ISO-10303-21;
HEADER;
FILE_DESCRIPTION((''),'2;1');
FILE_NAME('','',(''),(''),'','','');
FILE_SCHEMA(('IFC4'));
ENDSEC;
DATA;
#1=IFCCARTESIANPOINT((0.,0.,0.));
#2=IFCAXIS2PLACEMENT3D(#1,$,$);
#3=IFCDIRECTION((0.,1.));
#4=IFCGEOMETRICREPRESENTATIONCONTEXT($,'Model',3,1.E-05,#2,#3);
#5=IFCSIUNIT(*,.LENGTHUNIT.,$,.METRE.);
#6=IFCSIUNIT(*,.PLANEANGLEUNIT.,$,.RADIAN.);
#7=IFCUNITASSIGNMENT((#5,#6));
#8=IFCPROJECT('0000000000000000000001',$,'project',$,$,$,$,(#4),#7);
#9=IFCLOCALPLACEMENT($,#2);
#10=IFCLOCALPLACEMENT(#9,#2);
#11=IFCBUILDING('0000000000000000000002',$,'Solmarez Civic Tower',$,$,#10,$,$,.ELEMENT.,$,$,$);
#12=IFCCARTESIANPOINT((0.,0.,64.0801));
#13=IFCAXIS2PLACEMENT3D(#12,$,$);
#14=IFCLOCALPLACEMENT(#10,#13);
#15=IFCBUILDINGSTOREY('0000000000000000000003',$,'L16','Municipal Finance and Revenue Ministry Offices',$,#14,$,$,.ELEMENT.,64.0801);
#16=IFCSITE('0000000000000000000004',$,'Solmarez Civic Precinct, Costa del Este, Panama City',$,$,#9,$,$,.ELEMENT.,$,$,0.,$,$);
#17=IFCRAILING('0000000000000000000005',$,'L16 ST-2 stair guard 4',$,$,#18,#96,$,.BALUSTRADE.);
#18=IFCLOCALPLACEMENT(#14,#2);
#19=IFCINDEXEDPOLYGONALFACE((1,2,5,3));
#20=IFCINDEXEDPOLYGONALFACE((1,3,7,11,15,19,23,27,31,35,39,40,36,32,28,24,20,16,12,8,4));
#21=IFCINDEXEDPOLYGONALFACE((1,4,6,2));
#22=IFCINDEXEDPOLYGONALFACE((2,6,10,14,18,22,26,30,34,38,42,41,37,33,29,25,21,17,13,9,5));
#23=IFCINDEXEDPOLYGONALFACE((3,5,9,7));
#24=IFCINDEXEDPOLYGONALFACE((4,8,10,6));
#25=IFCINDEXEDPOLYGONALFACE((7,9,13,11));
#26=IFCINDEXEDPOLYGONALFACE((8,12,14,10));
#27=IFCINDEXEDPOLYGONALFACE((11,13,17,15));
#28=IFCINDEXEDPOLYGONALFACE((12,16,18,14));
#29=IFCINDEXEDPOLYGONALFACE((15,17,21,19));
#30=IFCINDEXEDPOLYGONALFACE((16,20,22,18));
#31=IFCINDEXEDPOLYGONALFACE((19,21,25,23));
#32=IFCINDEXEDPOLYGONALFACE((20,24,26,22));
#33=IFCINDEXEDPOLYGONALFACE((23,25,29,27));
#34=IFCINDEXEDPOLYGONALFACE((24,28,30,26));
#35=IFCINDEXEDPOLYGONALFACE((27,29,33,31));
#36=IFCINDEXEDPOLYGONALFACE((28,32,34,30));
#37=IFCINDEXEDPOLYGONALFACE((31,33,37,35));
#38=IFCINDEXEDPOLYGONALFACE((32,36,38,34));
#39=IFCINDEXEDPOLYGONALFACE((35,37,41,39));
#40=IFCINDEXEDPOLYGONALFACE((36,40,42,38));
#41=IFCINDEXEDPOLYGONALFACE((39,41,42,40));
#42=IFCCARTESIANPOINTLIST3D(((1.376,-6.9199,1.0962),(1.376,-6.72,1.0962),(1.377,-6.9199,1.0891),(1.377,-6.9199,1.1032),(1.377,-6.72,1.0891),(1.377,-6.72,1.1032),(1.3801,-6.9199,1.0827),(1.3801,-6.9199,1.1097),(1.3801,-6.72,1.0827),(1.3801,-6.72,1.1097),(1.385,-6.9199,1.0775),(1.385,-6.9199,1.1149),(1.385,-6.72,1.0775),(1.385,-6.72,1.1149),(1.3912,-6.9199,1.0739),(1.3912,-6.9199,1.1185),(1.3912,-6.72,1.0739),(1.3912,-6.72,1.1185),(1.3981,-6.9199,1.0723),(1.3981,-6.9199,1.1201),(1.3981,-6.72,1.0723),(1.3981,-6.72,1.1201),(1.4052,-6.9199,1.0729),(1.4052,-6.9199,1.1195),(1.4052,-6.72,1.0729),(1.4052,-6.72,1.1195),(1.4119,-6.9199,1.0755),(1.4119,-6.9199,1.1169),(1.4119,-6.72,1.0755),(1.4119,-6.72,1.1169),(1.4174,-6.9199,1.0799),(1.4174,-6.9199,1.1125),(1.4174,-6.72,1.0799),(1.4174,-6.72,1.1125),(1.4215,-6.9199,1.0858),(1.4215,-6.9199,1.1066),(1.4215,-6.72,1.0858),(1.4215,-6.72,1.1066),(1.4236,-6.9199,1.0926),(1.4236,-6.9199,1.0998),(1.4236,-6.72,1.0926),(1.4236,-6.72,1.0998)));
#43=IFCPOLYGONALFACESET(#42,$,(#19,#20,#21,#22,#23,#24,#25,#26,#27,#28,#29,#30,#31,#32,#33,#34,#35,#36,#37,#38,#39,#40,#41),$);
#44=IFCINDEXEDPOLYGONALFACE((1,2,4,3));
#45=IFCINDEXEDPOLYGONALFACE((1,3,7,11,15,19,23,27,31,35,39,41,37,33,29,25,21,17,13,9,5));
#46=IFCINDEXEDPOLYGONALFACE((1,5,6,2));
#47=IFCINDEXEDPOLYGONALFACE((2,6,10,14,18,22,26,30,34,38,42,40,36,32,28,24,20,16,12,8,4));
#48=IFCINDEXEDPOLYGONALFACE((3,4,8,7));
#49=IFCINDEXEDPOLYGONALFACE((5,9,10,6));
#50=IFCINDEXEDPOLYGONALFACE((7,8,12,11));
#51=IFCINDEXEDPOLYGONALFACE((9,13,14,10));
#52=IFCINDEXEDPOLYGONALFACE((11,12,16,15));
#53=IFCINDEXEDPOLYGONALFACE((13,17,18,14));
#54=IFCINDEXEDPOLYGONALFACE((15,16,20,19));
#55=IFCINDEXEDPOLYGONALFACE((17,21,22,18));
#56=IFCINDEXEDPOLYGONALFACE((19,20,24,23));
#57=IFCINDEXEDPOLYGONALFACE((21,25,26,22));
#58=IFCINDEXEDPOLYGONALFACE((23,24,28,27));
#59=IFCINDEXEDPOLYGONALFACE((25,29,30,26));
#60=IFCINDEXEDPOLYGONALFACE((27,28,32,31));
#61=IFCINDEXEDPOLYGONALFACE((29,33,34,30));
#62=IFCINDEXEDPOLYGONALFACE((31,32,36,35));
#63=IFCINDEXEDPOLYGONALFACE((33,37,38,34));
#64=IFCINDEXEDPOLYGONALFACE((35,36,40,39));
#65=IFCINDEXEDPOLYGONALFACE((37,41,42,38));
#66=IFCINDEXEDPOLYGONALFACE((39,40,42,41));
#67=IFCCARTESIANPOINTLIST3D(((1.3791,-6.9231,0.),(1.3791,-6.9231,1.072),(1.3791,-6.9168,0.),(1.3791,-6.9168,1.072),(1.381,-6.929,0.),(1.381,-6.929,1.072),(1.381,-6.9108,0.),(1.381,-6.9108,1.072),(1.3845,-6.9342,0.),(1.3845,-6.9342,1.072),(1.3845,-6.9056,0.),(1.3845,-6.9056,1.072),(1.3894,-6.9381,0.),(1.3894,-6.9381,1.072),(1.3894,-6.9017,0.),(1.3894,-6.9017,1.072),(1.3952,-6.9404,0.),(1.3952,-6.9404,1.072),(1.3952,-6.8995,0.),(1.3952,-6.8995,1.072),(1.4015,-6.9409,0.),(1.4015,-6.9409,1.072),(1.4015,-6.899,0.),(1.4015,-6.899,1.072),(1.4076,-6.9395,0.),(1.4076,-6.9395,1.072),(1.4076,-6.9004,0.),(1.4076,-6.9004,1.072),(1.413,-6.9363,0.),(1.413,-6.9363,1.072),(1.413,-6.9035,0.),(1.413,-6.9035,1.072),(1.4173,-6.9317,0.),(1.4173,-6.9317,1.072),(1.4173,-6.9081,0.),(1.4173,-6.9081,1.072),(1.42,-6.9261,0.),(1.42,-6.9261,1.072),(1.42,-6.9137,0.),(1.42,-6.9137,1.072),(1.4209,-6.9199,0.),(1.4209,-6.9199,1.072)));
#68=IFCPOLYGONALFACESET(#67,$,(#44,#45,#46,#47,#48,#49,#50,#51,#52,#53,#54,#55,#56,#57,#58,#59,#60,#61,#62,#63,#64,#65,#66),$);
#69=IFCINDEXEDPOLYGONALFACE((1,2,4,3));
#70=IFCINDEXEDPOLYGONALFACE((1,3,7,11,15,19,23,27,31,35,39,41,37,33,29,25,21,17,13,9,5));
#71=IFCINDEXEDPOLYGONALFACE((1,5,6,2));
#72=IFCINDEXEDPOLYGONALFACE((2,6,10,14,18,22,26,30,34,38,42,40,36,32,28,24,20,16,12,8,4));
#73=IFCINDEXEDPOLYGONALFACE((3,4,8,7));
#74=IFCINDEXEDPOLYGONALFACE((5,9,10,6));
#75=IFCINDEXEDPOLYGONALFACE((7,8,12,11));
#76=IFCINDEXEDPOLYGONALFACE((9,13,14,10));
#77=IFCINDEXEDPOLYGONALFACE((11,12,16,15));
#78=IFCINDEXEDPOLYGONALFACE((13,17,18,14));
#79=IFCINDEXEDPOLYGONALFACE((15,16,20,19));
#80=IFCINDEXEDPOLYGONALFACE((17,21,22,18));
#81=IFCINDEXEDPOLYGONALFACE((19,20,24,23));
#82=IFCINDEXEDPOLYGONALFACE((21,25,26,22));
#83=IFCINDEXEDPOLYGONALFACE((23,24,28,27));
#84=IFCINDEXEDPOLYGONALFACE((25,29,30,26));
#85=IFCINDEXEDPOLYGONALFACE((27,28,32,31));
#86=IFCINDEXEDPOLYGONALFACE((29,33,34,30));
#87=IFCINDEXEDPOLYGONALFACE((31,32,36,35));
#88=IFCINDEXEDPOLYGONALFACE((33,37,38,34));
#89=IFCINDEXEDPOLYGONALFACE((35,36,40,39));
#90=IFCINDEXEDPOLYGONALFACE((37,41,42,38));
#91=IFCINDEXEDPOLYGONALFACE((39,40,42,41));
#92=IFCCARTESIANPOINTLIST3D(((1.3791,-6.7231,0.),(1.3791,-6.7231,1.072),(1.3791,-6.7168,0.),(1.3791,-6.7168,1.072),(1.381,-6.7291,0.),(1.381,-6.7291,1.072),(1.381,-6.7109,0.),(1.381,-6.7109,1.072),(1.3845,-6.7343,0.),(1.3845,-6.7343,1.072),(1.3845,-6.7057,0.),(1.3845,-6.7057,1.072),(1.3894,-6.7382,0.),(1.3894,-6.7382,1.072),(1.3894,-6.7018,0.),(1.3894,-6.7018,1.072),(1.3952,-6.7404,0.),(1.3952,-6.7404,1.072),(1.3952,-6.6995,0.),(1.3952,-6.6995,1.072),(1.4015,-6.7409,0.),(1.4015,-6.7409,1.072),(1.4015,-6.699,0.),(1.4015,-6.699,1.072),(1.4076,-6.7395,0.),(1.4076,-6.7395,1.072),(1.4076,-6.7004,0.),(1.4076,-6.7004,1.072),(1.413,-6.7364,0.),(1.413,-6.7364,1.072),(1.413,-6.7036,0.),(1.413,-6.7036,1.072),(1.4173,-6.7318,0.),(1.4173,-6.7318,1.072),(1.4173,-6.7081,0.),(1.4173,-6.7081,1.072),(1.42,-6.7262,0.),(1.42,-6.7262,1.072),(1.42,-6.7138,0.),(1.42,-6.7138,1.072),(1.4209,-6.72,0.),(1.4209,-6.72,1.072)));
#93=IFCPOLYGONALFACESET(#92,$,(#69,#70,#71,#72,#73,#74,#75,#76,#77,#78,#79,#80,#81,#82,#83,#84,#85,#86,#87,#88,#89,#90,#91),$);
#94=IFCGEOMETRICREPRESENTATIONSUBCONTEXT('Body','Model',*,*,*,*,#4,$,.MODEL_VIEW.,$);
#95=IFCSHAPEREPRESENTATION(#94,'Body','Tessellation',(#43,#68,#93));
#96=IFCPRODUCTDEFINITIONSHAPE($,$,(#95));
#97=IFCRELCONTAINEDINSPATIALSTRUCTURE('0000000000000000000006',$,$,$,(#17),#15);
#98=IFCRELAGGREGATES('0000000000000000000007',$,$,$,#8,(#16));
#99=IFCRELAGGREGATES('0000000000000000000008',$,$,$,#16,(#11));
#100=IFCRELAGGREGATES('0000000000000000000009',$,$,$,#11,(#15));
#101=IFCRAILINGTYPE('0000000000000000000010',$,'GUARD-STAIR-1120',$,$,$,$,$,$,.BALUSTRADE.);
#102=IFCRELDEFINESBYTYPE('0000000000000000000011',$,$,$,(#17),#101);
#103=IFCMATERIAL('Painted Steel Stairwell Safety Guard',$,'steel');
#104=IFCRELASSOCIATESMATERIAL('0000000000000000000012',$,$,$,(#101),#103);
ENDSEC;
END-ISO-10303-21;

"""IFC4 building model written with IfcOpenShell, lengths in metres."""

from ifc_helpers import new_model, si_unit, direction, frame, origin, origin_2d, place, context, subcontext, project, spatial, circle, extrude, material, type_object, element, save


model = new_model("IFC4")

# Units and contexts
model_context = context("Model", 3, precision=1e-05, world=origin(), true_north=direction((0.0, 1.0)))
body_context = subcontext(model_context, "Body", "Model", "MODEL_VIEW")
ifc_project = project(units=[si_unit("LENGTHUNIT", "METRE"), si_unit("PLANEANGLEUNIT", "RADIAN")], contexts=[model_context])

# Site, building, storey
site_placement = place(None, origin())
site = spatial("IfcSite", under=ifc_project, at=site_placement, Name="Solmarez Civic Precinct, Costa del Este, Panama City", CompositionType="ELEMENT", RefElevation=0.0)
building_placement = place(site_placement, origin())
building = spatial("IfcBuilding", under=site, at=building_placement, Name="Solmarez Civic Tower", CompositionType="ELEMENT")
storey_placement = place(building_placement, frame((0.0, 0.0, 64.0801)))
storey = spatial("IfcBuildingStorey", under=building, at=storey_placement, Name="L16", Description="Municipal Finance and Revenue Ministry Offices", CompositionType="ELEMENT", Elevation=64.0801)

# Railing
ifc_material_1 = material(Name="Painted Steel Stairwell Safety Guard", Category="steel")
railing_type_1 = type_object("IfcRailingType", Name="GUARD-STAIR-1120", PredefinedType="BALUSTRADE", material=ifc_material_1)
railing_1_placement = place(storey_placement, frame((1.3999, -6.9199, 0.0)))
element("IfcRailing", 1, at=railing_1_placement, inside=storey, type_object=railing_type_1, Name="L16 ST-2 stair guard 4", PredefinedType="BALUSTRADE", context=body_context, shape_type="SweptSolid", body=[
    extrude(circle(Radius=0.0239, at=origin_2d()), frame((0.0, 0.0, 1.0962), z_axis=(0.0, 1.0, 0.0), x_axis=(-1.0, 0.0, 0.0)), (0.0, 0.0, 1.0), 0.2),
    extrude(circle(Radius=0.021, at=origin_2d()), origin(), (0.0, 0.0, 1.0), 1.072),
    extrude(circle(Radius=0.021, at=origin_2d()), frame((0.0, 0.2, 0.0)), (0.0, 0.0, 1.0), 1.072),
])

save(model, "model.ifc")
